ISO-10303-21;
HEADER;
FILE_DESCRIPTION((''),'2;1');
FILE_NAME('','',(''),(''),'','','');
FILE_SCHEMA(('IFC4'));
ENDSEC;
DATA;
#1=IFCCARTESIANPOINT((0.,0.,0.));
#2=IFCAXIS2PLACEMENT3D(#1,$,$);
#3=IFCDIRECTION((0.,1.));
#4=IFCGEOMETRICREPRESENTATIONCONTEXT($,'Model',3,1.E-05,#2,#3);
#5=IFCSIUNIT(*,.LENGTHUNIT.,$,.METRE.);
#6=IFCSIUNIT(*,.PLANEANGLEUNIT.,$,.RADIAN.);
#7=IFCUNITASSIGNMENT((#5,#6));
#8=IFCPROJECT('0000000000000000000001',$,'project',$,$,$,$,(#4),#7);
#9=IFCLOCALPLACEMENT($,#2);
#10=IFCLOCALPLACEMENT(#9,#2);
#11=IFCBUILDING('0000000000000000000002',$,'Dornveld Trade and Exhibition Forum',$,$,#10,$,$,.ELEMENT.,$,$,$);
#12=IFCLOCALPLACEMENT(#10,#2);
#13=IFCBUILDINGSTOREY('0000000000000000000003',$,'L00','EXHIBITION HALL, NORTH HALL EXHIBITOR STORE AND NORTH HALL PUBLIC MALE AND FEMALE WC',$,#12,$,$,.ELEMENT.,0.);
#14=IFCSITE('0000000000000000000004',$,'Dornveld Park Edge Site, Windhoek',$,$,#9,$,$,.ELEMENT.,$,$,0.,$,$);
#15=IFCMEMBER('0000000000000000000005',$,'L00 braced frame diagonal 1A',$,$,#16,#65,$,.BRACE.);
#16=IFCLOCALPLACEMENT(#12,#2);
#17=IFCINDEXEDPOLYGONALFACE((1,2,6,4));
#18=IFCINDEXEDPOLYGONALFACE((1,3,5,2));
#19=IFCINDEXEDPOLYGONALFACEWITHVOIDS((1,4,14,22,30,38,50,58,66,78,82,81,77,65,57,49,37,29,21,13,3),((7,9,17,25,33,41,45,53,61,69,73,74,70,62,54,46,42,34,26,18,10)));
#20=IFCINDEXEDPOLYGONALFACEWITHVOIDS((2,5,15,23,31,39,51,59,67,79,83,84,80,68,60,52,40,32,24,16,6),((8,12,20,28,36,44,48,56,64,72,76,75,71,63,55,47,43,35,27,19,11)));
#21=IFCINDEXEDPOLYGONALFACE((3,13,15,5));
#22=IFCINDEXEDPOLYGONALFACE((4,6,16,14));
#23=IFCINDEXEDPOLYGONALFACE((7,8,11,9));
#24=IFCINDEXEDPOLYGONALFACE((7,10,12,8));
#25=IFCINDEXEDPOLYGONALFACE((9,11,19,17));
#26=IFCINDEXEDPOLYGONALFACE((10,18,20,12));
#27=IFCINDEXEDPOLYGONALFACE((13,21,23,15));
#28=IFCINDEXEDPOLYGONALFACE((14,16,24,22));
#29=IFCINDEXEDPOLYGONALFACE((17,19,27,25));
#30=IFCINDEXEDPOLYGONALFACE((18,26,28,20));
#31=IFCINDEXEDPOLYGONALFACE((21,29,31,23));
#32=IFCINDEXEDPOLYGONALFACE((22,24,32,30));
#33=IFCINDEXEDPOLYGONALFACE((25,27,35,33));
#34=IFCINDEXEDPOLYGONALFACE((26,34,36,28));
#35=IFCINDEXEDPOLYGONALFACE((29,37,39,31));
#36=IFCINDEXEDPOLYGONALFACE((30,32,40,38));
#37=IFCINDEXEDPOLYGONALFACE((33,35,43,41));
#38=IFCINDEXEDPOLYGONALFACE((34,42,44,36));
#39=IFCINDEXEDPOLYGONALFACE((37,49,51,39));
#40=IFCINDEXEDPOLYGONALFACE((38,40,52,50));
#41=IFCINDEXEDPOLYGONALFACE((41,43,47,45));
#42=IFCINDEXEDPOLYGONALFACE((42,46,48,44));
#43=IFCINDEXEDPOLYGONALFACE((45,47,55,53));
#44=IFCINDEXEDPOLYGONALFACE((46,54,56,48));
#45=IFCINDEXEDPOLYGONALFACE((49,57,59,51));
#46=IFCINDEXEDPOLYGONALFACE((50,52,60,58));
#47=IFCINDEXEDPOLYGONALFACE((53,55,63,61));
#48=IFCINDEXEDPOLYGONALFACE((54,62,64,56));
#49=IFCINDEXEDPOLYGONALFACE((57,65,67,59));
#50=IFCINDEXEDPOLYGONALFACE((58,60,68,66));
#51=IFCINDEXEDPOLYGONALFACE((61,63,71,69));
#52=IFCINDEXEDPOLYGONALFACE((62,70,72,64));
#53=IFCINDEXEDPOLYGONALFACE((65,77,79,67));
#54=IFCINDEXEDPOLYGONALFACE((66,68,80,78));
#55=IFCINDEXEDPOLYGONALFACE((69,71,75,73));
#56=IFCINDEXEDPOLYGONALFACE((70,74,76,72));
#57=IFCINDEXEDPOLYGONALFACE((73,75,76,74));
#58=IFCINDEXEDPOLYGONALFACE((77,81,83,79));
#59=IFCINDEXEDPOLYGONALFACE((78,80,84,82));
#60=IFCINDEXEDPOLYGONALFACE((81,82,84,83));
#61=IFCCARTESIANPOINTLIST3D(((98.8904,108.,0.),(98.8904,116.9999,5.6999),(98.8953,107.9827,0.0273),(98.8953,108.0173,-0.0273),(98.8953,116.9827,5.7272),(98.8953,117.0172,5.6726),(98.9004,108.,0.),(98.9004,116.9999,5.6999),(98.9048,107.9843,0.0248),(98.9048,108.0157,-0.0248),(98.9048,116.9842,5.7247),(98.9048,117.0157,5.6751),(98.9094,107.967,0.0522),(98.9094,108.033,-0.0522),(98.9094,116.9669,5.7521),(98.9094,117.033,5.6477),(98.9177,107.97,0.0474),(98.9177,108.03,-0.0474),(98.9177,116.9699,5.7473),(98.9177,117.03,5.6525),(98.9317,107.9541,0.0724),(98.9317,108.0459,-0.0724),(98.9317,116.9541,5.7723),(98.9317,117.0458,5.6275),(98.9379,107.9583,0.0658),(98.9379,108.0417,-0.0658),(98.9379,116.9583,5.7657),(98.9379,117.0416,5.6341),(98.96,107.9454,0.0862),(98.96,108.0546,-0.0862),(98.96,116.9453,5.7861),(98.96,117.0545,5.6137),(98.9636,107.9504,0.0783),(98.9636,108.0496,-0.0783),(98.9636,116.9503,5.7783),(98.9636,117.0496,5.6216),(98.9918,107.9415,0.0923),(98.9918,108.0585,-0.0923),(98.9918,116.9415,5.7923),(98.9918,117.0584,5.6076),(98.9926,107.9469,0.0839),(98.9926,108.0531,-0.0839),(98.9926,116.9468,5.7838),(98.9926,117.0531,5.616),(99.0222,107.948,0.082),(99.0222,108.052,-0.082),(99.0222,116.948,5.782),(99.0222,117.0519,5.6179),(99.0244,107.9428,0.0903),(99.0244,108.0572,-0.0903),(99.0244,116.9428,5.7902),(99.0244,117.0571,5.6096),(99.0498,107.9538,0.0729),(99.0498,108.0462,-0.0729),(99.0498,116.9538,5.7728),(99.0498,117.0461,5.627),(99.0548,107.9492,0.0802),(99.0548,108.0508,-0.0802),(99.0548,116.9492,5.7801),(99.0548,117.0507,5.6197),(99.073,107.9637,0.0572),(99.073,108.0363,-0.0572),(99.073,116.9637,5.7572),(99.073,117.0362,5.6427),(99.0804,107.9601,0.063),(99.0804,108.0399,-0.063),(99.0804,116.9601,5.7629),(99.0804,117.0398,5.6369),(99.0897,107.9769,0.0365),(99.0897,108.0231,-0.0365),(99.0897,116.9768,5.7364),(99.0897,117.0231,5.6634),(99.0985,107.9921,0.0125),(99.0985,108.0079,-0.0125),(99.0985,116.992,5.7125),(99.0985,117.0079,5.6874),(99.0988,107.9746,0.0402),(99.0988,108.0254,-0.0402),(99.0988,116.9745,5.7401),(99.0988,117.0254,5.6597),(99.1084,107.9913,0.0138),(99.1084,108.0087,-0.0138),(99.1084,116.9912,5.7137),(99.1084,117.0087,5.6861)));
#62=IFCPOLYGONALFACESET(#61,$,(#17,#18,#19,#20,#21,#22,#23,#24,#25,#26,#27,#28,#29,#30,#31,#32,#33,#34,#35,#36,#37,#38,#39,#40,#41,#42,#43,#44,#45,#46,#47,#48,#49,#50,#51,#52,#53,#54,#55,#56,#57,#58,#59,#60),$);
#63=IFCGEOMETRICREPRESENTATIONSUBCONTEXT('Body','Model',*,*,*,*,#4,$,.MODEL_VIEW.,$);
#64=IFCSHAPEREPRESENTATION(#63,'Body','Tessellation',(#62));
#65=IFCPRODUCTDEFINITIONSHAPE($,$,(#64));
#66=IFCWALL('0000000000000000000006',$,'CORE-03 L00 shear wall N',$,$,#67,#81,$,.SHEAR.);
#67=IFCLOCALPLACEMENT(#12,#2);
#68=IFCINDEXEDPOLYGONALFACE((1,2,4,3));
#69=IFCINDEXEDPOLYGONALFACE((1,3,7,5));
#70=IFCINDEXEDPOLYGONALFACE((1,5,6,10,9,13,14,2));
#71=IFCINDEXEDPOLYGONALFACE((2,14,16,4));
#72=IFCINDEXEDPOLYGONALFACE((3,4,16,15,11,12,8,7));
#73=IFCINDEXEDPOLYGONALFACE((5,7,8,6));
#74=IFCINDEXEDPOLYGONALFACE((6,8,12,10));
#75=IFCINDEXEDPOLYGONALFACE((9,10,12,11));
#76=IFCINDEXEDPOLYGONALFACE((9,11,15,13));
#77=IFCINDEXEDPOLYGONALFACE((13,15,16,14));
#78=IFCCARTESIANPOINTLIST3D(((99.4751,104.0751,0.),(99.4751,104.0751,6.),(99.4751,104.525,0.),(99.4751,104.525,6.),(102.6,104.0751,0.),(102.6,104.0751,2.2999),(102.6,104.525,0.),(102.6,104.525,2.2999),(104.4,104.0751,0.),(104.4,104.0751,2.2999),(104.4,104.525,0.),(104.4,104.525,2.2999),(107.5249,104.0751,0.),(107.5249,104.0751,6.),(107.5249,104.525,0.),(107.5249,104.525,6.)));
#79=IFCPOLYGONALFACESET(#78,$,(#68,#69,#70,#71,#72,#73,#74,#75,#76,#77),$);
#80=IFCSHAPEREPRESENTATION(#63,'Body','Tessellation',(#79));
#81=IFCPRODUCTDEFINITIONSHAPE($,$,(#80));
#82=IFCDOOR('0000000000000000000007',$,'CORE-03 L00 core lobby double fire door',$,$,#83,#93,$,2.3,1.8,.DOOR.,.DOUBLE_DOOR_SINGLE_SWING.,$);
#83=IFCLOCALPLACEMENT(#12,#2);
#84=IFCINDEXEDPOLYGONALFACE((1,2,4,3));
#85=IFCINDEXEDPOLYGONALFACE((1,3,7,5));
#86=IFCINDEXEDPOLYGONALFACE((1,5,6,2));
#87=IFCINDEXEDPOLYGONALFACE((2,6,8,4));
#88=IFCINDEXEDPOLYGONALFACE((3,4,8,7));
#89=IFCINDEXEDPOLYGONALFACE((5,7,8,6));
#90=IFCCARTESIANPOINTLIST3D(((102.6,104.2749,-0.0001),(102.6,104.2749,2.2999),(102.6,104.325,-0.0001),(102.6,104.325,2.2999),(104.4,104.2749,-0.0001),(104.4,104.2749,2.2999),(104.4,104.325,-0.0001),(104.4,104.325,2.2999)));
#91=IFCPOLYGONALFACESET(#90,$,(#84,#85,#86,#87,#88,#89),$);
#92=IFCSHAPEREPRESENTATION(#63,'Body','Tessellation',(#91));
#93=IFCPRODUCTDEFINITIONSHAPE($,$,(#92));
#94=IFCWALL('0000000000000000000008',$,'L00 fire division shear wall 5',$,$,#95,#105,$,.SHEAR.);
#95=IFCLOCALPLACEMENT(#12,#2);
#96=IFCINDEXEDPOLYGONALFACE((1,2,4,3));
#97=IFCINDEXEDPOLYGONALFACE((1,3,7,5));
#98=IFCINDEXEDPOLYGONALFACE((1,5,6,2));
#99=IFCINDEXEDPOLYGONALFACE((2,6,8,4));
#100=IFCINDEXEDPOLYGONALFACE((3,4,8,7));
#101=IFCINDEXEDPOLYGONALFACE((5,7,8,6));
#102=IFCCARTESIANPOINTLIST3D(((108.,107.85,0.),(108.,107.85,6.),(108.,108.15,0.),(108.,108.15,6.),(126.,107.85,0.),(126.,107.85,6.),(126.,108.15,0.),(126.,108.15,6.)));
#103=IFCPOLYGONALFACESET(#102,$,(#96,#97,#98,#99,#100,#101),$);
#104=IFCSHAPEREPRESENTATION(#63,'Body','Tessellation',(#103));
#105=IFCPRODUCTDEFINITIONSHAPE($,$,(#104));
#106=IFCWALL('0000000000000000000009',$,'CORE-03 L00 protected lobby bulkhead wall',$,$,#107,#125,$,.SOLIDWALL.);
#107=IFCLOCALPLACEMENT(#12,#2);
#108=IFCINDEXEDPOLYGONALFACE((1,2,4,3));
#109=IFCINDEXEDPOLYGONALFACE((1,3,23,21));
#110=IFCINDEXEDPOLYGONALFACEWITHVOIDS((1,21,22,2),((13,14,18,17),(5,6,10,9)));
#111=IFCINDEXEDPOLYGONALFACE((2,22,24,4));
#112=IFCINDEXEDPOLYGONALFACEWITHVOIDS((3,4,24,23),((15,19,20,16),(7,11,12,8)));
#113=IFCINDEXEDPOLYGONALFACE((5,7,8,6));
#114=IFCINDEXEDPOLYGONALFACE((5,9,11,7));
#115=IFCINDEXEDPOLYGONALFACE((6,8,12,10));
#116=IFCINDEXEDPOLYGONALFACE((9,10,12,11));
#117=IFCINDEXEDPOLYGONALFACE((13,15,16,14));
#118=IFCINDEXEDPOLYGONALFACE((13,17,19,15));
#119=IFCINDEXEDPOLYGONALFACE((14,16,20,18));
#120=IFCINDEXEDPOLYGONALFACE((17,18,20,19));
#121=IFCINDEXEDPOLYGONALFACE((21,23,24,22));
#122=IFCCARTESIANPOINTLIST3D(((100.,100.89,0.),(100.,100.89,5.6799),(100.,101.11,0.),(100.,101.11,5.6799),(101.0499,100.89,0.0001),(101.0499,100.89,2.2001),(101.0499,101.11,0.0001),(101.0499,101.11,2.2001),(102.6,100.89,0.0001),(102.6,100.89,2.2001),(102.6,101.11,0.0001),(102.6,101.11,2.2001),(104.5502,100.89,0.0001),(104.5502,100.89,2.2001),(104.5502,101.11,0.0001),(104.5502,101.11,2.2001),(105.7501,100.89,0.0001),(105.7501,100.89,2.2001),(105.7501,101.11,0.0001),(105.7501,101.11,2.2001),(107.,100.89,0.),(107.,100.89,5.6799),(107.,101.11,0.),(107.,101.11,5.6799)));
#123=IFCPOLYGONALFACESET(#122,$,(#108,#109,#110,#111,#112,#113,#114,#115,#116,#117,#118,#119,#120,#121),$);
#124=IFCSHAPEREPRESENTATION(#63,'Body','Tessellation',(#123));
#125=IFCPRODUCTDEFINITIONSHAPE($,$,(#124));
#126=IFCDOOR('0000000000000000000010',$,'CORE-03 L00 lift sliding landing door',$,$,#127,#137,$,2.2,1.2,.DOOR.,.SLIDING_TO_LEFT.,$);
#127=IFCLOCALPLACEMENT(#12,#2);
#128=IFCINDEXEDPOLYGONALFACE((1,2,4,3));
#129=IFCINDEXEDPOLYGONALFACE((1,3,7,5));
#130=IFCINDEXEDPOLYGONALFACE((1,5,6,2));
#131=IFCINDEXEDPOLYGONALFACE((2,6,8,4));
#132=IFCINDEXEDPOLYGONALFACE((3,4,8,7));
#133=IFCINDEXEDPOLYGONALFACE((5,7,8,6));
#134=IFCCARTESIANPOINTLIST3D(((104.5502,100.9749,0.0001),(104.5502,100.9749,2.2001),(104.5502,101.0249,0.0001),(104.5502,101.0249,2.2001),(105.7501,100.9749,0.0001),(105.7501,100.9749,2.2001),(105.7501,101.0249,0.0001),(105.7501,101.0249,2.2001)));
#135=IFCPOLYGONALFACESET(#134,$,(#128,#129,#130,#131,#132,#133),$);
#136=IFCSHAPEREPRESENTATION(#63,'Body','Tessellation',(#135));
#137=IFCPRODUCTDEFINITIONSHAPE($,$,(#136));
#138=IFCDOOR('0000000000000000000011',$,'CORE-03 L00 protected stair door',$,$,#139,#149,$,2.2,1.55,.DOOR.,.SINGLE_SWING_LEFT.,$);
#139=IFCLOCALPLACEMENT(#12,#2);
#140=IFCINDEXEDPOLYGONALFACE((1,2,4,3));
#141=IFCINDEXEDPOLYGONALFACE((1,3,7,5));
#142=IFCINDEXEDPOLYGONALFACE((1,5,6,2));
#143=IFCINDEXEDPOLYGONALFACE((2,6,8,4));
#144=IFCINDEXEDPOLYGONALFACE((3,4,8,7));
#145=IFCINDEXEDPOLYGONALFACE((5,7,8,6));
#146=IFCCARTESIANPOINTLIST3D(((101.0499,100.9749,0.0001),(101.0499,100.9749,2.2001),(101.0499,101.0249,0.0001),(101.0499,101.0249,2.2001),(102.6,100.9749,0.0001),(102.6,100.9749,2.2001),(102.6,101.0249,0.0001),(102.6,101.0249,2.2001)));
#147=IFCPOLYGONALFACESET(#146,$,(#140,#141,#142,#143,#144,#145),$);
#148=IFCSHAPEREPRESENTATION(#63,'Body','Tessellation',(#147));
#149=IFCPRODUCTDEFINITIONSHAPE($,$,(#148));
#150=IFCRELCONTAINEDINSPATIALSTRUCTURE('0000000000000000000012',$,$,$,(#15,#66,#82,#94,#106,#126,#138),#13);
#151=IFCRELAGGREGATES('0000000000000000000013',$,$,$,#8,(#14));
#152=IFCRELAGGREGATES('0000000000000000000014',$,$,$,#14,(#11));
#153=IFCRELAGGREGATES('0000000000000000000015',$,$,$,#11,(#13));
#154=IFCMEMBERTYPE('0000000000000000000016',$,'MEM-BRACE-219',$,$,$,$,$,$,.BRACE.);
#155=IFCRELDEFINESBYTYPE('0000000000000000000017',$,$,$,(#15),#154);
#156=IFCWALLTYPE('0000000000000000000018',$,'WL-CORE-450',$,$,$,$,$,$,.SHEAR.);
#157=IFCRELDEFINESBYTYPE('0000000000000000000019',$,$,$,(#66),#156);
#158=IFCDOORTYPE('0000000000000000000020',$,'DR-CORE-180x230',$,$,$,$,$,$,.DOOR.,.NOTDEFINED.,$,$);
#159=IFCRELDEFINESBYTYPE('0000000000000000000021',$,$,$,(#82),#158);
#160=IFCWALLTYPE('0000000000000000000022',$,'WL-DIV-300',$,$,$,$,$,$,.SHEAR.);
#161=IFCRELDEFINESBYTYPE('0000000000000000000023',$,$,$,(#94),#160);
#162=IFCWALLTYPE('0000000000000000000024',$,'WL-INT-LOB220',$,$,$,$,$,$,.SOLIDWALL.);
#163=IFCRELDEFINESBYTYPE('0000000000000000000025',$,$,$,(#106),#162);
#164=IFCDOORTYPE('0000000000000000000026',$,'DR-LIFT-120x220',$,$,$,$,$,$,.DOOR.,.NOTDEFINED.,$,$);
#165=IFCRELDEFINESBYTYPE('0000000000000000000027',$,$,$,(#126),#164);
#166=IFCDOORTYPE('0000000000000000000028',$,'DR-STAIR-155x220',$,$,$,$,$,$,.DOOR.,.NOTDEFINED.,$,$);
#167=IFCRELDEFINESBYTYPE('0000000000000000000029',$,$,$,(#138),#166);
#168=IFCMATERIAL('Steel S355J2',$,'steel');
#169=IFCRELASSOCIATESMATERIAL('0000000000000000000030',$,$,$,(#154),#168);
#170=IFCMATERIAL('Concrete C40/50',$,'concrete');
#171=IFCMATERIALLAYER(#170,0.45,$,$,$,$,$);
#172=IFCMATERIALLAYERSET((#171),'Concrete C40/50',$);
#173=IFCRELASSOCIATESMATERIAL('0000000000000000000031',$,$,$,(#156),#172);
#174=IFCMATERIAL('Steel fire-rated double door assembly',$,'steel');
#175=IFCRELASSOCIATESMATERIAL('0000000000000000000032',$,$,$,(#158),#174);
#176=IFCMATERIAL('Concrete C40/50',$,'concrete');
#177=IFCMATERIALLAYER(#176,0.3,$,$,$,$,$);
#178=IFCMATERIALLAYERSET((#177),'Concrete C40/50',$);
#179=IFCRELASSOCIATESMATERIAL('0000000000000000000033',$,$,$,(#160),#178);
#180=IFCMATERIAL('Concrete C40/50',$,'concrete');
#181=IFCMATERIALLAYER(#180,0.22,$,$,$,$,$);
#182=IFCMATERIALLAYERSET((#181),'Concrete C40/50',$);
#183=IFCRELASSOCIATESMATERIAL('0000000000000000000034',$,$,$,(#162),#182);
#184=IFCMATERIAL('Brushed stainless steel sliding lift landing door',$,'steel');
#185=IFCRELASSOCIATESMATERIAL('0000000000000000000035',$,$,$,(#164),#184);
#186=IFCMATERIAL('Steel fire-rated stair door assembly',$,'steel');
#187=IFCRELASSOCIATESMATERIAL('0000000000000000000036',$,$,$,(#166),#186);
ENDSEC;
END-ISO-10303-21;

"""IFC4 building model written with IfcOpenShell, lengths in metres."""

from ifc_helpers import new_model, si_unit, direction, frame, frame_2d, origin, origin_2d, place, context, subcontext, project, spatial, rectangle, hollow_circle, extrude, material, layer, layer_set, material_profile, profile_set, type_object, element, fill, save


model = new_model("IFC4")

# Units and contexts
model_context = context("Model", 3, precision=1e-05, world=origin(), true_north=direction((0.0, 1.0)))
body_context = subcontext(model_context, "Body", "Model", "MODEL_VIEW")
ifc_project = project(units=[si_unit("LENGTHUNIT", "METRE"), si_unit("PLANEANGLEUNIT", "RADIAN")], contexts=[model_context])

# Site, building, storey
site_placement = place(None, origin())
site = spatial("IfcSite", under=ifc_project, at=site_placement, Name="Dornveld Park Edge Site, Windhoek", CompositionType="ELEMENT", RefElevation=0.0)
building_placement = place(site_placement, origin())
building = spatial("IfcBuilding", under=site, at=building_placement, Name="Dornveld Trade and Exhibition Forum", CompositionType="ELEMENT")
storey_placement = place(building_placement, origin())
storey = spatial("IfcBuildingStorey", under=building, at=storey_placement, Name="L00", Description="EXHIBITION HALL, NORTH HALL EXHIBITOR STORE AND NORTH HALL PUBLIC MALE AND FEMALE WC", CompositionType="ELEMENT", Elevation=0.0)

# Member
ifc_material_1 = material(Name="Steel S355J2", Category="steel")
ifc_material_profile_1 = material_profile(ifc_material_1, hollow_circle(Radius=0.1096, WallThickness=0.01, at=origin_2d()), Name="CHS 219.1x10")
ifc_profile_set_1 = profile_set([ifc_material_profile_1], Name="Steel S355J2")
member_type = type_object("IfcMemberType", Name="MEM-BRACE-219", PredefinedType="BRACE", material=ifc_profile_set_1)
member_placement = place(storey_placement, frame((99.0, 108.0, 0.0), z_axis=(0.0, 0.844821, 0.535049), x_axis=(-1.0, 0.0, 0.0)))
element("IfcMember", 1, at=member_placement, inside=storey, type_object=member_type, Name="L00 braced frame diagonal 1A", PredefinedType="BRACE", context=body_context, shape_type="SweptSolid", body=[
    extrude(hollow_circle(Radius=0.1096, WallThickness=0.01, at=origin_2d()), origin(), (0.0, 0.0, 1.0), 10.6531),
])

# Wall, opening, door
ifc_material_2 = material(Name="Concrete C40/50", Category="concrete")
ifc_layer_1 = layer(ifc_material_2, 0.45)
ifc_layer_set_1 = layer_set([ifc_layer_1], Name="Concrete C40/50")
wall_type_1 = type_object("IfcWallType", Name="WL-CORE-450", PredefinedType="SHEAR", material=ifc_layer_set_1)
wall_1_placement = place(storey_placement, frame((99.4751, 104.3, 0.0), z_axis=(0.0, 0.0, 1.0), x_axis=(1.0, 0.0, 0.0)))
wall_1 = element("IfcWall", 2, at=wall_1_placement, inside=storey, type_object=wall_type_1, Name="CORE-03 L00 shear wall N", PredefinedType="SHEAR", context=body_context, shape_type="SweptSolid", body=[
    extrude(rectangle(XDim=8.0498, YDim=0.45, at=frame_2d((4.0249, 0.0))), origin(), (0.0, 0.0, 1.0), 6.0),
])
opening_1_placement = place(wall_1_placement, frame((3.125, 0.0, 0.0)))
opening_1 = element("IfcOpeningElement", 3, at=opening_1_placement, cuts=wall_1, PredefinedType="OPENING", context=body_context, shape_type="SweptSolid", body=[
    extrude(rectangle(XDim=1.8, YDim=2.3, at=frame_2d((0.8999, 1.1499))), frame((0.0, 0.2349, 0.0), z_axis=(0.0, -1.0, 0.0), x_axis=(1.0, 0.0, 0.0)), (0.0, 0.0, 1.0), 0.47),
])
ifc_material_3 = material(Name="Steel fire-rated double door assembly", Category="steel")
door_type_1 = type_object("IfcDoorType", Name="DR-CORE-180x230", OperationType="NOTDEFINED", PredefinedType="DOOR", material=ifc_material_3)
door_1_placement = place(opening_1_placement, origin())
door_1 = element("IfcDoor", 4, at=door_1_placement, inside=storey, type_object=door_type_1, Name="CORE-03 L00 core lobby double fire door", OperationType="DOUBLE_DOOR_SINGLE_SWING", OverallHeight=2.3, OverallWidth=1.8, PredefinedType="DOOR", context=body_context, shape_type="SweptSolid", body=[
    extrude(rectangle(XDim=1.8, YDim=2.3, at=frame_2d((0.8999, 1.1499))), frame((0.0, 0.0249, 0.0), z_axis=(0.0, -1.0, 0.0), x_axis=(1.0, 0.0, 0.0)), (0.0, 0.0, 1.0), 0.05),
])
fill(opening_1, door_1)

# Wall
ifc_material_4 = material(Name="Concrete C40/50", Category="concrete")
ifc_layer_2 = layer(ifc_material_4, 0.3)
ifc_layer_set_2 = layer_set([ifc_layer_2], Name="Concrete C40/50")
wall_type_2 = type_object("IfcWallType", Name="WL-DIV-300", PredefinedType="SHEAR", material=ifc_layer_set_2)
wall_2_placement = place(storey_placement, frame((108.0, 108.0, 0.0), z_axis=(0.0, 0.0, 1.0), x_axis=(1.0, 0.0, 0.0)))
element("IfcWall", 5, at=wall_2_placement, inside=storey, type_object=wall_type_2, Name="L00 fire division shear wall 5", PredefinedType="SHEAR", context=body_context, shape_type="SweptSolid", body=[
    extrude(rectangle(XDim=18.0, YDim=0.3, at=frame_2d((9.0, 0.0))), origin(), (0.0, 0.0, 1.0), 6.0),
])

# Wall, openings, doors
ifc_material_5 = material(Name="Concrete C40/50", Category="concrete")
ifc_layer_3 = layer(ifc_material_5, 0.22)
ifc_layer_set_3 = layer_set([ifc_layer_3], Name="Concrete C40/50")
wall_type_3 = type_object("IfcWallType", Name="WL-INT-LOB220", PredefinedType="SOLIDWALL", material=ifc_layer_set_3)
wall_3_placement = place(storey_placement, frame((100.0, 101.0, 0.0), z_axis=(0.0, 0.0, 1.0), x_axis=(1.0, 0.0, 0.0)))
wall_3 = element("IfcWall", 6, at=wall_3_placement, inside=storey, type_object=wall_type_3, Name="CORE-03 L00 protected lobby bulkhead wall", PredefinedType="SOLIDWALL", context=body_context, shape_type="SweptSolid", body=[
    extrude(rectangle(XDim=7.0, YDim=0.22, at=frame_2d((3.5, 0.0))), origin(), (0.0, 0.0, 1.0), 5.6799),
])
opening_2_placement = place(wall_3_placement, frame((1.05, 0.0, 0.0)))
opening_2 = element("IfcOpeningElement", 7, at=opening_2_placement, cuts=wall_3, PredefinedType="OPENING", context=body_context, shape_type="SweptSolid", body=[
    extrude(rectangle(XDim=1.55, YDim=2.2, at=frame_2d((0.7749, 1.1001))), frame((0.0, 0.1199, 0.0), z_axis=(0.0, -1.0, 0.0), x_axis=(1.0, 0.0, 0.0)), (0.0, 0.0, 1.0), 0.24),
])
opening_3_placement = place(wall_3_placement, frame((4.55, 0.0, 0.0)))
opening_3 = element("IfcOpeningElement", 8, at=opening_3_placement, cuts=wall_3, PredefinedType="OPENING", context=body_context, shape_type="SweptSolid", body=[
    extrude(rectangle(XDim=1.2, YDim=2.2, at=frame_2d((0.6001, 1.1001))), frame((0.0, 0.1199, 0.0), z_axis=(0.0, -1.0, 0.0), x_axis=(1.0, 0.0, 0.0)), (0.0, 0.0, 1.0), 0.24),
])
ifc_material_6 = material(Name="Brushed stainless steel sliding lift landing door", Category="steel")
door_type_2 = type_object("IfcDoorType", Name="DR-LIFT-120x220", OperationType="NOTDEFINED", PredefinedType="DOOR", material=ifc_material_6)
door_2_placement = place(opening_3_placement, origin())
door_2 = element("IfcDoor", 9, at=door_2_placement, inside=storey, type_object=door_type_2, Name="CORE-03 L00 lift sliding landing door", OperationType="SLIDING_TO_LEFT", OverallHeight=2.2, OverallWidth=1.2, PredefinedType="DOOR", context=body_context, shape_type="SweptSolid", body=[
    extrude(rectangle(XDim=1.2, YDim=2.2, at=frame_2d((0.6001, 1.1001))), frame((0.0, 0.0249, 0.0), z_axis=(0.0, -1.0, 0.0), x_axis=(1.0, 0.0, 0.0)), (0.0, 0.0, 1.0), 0.05),
])
fill(opening_3, door_2)
ifc_material_7 = material(Name="Steel fire-rated stair door assembly", Category="steel")
door_type_3 = type_object("IfcDoorType", Name="DR-STAIR-155x220", OperationType="NOTDEFINED", PredefinedType="DOOR", material=ifc_material_7)
door_3_placement = place(opening_2_placement, origin())
door_3 = element("IfcDoor", 10, at=door_3_placement, inside=storey, type_object=door_type_3, Name="CORE-03 L00 protected stair door", OperationType="SINGLE_SWING_LEFT", OverallHeight=2.2, OverallWidth=1.55, PredefinedType="DOOR", context=body_context, shape_type="SweptSolid", body=[
    extrude(rectangle(XDim=1.55, YDim=2.2, at=frame_2d((0.7749, 1.1001))), frame((0.0, 0.0249, 0.0), z_axis=(0.0, -1.0, 0.0), x_axis=(1.0, 0.0, 0.0)), (0.0, 0.0, 1.0), 0.05),
])
fill(opening_2, door_3)

save(model, "model.ifc")
